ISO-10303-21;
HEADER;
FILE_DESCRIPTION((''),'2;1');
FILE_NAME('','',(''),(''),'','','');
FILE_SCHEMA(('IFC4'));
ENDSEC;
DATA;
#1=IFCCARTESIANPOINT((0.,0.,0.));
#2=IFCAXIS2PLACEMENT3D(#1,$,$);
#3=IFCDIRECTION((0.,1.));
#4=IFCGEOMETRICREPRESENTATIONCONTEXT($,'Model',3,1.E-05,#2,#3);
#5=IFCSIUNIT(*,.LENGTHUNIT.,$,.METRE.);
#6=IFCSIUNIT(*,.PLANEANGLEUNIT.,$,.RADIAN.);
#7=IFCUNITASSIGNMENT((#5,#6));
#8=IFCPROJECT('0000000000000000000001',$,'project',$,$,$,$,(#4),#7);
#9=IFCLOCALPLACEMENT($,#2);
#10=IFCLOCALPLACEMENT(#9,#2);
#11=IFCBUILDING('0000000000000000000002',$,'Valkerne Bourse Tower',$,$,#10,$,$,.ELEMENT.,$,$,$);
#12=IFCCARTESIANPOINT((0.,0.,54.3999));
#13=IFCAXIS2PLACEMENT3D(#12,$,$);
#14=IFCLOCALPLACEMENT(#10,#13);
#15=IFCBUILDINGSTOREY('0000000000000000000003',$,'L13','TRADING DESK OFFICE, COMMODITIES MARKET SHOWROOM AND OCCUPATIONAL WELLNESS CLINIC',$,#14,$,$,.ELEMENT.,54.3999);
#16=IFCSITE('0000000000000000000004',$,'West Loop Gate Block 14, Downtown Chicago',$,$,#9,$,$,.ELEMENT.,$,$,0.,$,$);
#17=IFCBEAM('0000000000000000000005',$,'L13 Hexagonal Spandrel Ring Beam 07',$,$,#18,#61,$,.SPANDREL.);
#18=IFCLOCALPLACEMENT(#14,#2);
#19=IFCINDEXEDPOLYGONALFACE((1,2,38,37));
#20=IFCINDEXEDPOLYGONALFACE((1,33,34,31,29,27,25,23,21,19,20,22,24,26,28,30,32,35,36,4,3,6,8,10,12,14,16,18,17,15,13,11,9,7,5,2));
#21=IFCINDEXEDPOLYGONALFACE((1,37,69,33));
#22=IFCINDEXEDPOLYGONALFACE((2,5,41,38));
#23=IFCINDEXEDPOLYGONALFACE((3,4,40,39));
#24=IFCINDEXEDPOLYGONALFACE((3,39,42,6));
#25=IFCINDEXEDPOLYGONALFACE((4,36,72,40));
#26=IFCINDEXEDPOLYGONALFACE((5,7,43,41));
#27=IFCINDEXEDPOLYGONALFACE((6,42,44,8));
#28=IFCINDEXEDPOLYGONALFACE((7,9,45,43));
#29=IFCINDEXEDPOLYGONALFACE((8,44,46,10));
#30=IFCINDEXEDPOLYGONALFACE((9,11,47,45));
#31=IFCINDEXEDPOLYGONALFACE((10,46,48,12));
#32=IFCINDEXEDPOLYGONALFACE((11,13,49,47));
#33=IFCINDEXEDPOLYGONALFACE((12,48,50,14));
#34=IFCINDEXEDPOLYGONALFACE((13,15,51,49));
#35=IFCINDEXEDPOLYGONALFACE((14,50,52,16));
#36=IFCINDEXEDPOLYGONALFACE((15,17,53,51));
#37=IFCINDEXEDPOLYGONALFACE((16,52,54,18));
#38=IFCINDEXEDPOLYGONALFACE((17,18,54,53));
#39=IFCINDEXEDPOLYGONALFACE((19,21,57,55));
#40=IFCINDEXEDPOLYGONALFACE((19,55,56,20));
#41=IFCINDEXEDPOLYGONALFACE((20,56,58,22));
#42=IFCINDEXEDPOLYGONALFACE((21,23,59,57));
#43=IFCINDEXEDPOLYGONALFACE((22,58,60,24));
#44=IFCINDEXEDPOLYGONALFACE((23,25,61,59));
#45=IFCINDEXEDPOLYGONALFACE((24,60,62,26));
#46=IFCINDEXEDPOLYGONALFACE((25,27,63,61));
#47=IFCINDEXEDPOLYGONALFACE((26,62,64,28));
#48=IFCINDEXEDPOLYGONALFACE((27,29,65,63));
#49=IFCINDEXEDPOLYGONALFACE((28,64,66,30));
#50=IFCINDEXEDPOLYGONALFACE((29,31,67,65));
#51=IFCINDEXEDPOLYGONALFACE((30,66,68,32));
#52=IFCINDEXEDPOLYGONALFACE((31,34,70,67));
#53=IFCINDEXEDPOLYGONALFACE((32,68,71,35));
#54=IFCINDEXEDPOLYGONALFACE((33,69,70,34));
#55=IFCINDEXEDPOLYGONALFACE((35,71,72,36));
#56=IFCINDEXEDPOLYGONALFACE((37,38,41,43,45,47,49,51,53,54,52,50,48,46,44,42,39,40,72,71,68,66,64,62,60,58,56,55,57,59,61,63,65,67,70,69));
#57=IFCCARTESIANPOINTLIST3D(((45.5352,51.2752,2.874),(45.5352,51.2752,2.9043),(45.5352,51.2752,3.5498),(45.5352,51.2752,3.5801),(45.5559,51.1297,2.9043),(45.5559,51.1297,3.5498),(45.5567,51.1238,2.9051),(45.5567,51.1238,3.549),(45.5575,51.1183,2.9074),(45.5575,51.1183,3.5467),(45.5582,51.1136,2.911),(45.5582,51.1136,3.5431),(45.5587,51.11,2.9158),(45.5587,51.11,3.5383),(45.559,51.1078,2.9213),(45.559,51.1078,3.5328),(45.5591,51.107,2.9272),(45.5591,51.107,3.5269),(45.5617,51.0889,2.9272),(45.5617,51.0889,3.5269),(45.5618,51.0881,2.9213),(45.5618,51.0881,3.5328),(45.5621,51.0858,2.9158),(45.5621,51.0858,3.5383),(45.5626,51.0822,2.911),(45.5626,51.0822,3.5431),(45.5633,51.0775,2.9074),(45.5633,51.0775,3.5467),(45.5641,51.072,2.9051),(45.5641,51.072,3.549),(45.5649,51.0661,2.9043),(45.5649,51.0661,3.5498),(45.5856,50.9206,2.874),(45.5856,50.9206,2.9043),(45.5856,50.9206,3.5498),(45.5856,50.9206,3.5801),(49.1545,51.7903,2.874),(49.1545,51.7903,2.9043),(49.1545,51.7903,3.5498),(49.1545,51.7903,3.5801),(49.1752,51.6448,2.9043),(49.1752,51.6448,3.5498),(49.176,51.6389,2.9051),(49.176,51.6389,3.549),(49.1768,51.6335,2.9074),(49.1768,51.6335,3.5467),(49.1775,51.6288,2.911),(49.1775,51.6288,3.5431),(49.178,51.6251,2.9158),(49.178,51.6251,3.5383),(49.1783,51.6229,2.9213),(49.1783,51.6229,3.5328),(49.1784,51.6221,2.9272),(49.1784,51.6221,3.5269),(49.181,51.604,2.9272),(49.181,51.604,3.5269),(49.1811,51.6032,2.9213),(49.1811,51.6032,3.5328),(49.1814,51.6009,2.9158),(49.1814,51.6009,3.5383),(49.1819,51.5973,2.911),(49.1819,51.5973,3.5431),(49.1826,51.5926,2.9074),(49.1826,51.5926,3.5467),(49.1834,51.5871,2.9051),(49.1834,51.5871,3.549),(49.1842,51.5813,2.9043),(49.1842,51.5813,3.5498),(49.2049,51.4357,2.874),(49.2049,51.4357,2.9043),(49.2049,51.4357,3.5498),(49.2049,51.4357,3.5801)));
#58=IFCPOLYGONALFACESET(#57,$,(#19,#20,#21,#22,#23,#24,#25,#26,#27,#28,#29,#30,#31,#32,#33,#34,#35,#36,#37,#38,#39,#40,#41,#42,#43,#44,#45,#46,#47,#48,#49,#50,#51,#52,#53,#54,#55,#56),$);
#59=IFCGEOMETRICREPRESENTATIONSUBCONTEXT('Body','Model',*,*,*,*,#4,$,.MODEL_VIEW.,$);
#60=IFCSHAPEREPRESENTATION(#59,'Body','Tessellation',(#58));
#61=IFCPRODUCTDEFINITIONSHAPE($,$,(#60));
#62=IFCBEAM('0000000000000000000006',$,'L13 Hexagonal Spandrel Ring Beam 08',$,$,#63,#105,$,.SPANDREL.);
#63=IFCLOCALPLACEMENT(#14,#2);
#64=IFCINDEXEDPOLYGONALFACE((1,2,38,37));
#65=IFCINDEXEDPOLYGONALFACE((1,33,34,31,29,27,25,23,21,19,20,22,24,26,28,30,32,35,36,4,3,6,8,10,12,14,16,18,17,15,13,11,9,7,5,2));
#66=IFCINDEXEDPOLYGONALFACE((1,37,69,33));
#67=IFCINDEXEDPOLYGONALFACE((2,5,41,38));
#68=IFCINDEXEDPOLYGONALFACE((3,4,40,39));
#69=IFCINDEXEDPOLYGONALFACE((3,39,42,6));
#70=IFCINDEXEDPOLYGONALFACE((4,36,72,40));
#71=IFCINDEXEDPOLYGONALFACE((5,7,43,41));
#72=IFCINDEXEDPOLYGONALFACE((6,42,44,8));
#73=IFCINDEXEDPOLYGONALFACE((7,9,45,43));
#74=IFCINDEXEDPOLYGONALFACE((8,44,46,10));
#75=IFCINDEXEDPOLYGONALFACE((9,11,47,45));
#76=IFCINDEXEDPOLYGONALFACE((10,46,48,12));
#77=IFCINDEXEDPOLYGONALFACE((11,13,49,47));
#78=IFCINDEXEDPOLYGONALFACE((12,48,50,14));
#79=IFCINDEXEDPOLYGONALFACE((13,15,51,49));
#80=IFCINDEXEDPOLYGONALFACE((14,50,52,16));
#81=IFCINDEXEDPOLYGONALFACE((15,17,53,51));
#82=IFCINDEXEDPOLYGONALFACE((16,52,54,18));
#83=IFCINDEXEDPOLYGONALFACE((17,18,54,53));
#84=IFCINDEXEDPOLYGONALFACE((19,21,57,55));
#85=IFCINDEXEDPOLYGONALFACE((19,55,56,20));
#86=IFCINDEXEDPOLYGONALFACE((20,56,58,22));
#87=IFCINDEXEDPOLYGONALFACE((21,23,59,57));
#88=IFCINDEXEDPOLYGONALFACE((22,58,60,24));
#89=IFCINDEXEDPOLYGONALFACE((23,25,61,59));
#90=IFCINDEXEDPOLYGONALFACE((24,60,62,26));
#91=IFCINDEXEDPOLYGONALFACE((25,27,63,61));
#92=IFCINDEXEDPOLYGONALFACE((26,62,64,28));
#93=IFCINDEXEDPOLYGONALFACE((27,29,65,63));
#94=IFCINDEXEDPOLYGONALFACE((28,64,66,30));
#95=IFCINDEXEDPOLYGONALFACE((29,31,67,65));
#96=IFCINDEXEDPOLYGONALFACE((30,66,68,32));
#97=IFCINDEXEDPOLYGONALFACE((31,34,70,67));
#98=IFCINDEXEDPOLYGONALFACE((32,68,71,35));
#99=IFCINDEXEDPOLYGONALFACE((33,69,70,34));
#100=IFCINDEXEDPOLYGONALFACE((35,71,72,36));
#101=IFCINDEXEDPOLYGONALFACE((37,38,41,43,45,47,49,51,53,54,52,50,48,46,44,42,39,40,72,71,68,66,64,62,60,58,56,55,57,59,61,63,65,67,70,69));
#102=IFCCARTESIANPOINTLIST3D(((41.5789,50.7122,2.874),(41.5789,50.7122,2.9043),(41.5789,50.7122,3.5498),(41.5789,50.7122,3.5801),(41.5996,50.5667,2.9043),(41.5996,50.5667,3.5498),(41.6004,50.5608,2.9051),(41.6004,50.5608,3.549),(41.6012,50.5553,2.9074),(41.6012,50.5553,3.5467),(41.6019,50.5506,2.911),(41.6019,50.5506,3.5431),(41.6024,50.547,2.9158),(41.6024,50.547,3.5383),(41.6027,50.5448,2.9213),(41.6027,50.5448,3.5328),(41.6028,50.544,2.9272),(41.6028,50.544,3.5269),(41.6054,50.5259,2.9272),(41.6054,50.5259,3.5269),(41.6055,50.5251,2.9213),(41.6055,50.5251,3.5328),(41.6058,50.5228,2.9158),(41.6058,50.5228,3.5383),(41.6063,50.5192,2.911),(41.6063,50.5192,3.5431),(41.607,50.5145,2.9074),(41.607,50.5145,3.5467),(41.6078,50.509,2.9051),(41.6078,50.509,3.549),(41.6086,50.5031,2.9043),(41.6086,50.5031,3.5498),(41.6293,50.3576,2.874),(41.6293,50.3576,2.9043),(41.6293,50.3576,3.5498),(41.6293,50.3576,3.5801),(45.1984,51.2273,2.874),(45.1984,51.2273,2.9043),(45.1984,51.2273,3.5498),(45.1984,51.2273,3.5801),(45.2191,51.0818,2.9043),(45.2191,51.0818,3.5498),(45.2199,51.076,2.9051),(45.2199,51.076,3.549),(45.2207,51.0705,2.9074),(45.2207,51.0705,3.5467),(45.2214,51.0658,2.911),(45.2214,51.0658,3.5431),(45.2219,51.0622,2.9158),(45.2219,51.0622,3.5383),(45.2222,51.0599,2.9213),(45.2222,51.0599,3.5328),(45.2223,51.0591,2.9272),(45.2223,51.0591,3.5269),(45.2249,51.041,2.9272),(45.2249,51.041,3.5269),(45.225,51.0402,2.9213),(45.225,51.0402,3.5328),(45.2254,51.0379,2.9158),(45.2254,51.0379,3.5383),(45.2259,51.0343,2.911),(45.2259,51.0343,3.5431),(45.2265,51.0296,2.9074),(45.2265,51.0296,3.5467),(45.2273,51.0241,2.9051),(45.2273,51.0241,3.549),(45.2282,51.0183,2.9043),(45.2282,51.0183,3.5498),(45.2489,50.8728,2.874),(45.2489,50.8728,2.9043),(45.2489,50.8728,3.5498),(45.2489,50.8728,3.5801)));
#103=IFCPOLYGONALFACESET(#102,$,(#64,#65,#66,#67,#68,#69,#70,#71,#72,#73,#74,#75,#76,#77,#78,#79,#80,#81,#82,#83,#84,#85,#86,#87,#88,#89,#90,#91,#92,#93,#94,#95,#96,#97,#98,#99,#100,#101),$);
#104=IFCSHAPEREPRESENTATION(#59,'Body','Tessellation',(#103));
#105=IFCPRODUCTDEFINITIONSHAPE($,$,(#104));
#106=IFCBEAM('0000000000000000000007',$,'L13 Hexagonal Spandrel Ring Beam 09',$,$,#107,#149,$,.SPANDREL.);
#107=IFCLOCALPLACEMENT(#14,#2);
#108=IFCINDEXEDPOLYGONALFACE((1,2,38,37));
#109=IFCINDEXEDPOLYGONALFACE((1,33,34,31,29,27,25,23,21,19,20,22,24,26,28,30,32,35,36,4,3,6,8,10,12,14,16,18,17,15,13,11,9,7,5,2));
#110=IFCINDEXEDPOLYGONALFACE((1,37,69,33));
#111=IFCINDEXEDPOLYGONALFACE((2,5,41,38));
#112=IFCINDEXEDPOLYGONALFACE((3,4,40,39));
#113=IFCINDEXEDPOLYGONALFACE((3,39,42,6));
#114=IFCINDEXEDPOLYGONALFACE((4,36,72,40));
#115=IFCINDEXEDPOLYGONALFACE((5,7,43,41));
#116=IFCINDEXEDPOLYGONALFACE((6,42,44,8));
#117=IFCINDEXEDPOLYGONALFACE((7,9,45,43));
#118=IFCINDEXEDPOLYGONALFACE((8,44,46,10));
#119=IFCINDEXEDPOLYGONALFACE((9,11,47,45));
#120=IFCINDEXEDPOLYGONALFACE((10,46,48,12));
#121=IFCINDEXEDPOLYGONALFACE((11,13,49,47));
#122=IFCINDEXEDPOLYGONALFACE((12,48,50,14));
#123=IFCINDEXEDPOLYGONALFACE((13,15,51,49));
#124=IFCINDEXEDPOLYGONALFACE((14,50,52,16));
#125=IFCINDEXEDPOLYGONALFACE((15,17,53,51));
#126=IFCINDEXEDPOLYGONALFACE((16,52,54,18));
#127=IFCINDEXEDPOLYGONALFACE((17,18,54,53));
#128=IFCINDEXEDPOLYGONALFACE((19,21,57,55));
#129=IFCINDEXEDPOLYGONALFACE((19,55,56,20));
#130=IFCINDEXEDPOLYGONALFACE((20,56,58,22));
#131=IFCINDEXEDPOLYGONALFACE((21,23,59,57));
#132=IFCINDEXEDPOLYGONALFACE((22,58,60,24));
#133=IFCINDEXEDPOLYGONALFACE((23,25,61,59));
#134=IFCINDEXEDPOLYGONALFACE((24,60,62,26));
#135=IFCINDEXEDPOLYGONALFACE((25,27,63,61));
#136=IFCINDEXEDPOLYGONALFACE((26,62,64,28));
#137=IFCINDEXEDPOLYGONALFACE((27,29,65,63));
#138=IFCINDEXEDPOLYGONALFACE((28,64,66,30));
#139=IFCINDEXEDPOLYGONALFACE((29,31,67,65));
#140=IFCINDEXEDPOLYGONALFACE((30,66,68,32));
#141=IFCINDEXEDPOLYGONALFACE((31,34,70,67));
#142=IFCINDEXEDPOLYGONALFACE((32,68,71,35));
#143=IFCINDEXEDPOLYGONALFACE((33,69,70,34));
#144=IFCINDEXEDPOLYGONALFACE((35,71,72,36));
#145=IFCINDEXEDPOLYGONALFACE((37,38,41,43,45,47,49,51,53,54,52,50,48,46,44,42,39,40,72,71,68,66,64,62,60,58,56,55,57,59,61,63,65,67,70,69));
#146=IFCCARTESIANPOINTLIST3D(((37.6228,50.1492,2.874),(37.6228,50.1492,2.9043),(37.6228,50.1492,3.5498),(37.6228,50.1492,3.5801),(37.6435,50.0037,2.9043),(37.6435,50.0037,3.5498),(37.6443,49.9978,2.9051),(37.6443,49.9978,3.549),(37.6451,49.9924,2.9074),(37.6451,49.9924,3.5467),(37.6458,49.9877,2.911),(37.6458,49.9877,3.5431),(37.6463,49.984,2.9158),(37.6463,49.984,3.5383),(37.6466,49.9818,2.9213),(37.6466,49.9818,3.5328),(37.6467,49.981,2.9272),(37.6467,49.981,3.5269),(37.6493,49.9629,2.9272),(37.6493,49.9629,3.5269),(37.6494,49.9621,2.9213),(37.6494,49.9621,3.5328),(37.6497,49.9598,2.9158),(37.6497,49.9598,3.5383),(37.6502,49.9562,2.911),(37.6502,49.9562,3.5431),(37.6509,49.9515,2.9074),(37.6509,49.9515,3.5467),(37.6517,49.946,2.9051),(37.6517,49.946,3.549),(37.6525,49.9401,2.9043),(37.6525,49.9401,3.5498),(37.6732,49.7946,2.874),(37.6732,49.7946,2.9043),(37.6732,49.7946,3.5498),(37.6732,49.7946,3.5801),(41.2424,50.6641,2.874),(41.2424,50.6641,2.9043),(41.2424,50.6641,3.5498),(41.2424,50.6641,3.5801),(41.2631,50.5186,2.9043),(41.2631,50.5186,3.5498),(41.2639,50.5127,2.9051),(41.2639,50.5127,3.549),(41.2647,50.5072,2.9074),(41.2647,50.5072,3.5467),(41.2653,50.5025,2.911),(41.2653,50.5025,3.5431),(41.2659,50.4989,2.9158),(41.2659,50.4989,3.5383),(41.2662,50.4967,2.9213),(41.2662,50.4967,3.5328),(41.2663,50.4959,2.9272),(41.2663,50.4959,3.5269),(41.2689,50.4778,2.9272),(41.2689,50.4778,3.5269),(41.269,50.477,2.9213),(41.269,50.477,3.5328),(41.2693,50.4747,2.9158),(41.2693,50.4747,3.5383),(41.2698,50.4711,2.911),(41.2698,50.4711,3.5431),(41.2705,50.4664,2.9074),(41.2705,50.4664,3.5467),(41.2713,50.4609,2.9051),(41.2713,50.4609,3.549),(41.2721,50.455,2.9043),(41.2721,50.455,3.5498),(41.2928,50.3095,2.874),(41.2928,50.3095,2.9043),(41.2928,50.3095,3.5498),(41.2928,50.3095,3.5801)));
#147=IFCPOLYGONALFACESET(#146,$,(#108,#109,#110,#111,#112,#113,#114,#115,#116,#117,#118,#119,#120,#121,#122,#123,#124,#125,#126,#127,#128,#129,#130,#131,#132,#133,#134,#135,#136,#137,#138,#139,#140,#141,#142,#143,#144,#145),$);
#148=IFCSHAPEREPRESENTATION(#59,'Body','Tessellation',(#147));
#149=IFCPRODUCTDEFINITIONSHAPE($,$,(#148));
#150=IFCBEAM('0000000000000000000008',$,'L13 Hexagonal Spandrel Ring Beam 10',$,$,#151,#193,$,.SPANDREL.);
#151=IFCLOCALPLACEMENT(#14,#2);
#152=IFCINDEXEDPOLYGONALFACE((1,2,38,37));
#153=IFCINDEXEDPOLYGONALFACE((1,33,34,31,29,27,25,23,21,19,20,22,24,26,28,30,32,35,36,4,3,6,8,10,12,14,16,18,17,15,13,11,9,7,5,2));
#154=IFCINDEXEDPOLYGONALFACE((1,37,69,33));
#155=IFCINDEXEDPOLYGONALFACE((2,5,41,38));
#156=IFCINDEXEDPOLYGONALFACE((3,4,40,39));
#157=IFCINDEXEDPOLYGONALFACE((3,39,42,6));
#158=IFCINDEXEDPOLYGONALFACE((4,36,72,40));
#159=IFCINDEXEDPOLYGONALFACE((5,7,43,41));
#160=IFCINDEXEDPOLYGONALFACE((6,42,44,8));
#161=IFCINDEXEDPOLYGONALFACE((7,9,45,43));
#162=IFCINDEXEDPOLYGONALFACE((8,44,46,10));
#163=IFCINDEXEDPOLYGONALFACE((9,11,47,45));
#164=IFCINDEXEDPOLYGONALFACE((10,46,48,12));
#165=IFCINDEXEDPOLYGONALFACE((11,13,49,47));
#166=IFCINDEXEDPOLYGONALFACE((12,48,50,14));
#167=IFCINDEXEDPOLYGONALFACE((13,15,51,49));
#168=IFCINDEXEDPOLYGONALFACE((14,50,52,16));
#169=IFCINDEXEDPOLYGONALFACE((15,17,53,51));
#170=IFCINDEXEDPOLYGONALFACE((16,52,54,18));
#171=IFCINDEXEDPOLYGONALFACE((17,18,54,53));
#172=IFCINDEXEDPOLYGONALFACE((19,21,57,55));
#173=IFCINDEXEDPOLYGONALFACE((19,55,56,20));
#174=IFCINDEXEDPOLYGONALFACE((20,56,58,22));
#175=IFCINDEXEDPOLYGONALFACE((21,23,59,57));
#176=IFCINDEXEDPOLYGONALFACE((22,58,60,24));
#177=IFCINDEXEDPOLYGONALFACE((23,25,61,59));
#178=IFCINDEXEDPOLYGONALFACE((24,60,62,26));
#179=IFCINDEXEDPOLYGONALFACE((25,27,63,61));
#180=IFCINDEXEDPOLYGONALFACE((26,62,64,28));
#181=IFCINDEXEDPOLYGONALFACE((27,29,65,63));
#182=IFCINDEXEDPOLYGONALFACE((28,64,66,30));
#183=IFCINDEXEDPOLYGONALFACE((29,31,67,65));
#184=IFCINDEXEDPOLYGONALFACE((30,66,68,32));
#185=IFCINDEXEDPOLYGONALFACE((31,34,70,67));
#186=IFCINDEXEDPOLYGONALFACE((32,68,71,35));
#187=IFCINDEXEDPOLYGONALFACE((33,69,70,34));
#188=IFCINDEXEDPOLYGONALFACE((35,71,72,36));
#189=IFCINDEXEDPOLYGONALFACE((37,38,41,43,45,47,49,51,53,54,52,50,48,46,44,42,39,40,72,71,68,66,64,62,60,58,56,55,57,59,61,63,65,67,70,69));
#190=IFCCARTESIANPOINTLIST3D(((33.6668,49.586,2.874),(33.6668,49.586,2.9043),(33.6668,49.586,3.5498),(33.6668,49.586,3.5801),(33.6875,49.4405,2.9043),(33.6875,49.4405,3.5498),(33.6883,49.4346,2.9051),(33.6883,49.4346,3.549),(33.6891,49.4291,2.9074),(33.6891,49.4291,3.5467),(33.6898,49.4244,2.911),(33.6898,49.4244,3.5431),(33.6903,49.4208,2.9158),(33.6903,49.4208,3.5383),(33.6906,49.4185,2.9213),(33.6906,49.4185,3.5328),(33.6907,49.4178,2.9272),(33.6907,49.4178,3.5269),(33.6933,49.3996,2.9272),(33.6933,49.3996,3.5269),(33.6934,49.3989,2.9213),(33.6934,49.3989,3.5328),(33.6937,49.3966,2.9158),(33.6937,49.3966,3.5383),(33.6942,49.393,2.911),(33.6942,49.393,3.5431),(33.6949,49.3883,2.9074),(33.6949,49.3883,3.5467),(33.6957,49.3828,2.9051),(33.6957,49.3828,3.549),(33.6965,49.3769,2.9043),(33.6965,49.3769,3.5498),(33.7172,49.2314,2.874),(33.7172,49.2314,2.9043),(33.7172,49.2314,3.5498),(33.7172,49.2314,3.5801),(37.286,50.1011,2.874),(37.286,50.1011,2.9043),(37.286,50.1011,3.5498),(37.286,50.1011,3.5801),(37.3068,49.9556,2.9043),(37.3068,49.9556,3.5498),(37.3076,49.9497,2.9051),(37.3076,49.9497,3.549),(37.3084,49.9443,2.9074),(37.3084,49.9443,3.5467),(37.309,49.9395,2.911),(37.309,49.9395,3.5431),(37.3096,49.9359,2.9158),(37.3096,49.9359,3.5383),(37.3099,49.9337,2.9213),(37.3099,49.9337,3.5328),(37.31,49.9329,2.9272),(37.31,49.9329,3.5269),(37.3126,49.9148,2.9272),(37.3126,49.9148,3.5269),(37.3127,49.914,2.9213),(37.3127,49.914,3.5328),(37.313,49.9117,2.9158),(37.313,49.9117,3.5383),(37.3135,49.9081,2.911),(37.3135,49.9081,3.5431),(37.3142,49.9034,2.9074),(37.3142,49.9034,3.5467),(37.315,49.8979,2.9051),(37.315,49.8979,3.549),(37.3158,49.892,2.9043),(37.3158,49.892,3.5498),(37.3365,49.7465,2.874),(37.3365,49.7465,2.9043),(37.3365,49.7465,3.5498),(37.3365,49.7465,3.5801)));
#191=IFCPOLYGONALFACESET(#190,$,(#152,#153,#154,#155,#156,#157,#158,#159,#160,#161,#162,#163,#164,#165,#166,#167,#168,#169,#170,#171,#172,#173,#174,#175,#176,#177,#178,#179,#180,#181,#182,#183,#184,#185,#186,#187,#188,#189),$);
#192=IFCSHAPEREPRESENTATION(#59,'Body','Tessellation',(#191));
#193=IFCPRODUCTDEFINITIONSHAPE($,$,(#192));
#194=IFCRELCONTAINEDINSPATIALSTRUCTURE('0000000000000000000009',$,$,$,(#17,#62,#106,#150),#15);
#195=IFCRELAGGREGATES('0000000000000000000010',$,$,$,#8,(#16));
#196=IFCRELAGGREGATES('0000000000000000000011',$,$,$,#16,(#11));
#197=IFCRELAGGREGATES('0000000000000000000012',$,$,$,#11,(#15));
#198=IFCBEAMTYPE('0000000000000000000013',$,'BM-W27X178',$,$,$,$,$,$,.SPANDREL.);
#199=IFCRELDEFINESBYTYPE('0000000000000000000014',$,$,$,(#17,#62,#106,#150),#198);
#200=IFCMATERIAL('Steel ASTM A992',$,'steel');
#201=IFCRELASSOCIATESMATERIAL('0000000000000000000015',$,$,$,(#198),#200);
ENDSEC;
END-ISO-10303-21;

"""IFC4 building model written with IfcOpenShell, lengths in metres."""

from ifc_helpers import new_model, si_unit, direction, frame, origin, origin_2d, place, context, subcontext, project, spatial, i_section, extrude, material, material_profile, profile_set, type_object, element, save


model = new_model("IFC4")

# Units and contexts
model_context = context("Model", 3, precision=1e-05, world=origin(), true_north=direction((0.0, 1.0)))
body_context = subcontext(model_context, "Body", "Model", "MODEL_VIEW")
ifc_project = project(units=[si_unit("LENGTHUNIT", "METRE"), si_unit("PLANEANGLEUNIT", "RADIAN")], contexts=[model_context])

# Site, building, storey
site_placement = place(None, origin())
site = spatial("IfcSite", under=ifc_project, at=site_placement, Name="West Loop Gate Block 14, Downtown Chicago", CompositionType="ELEMENT", RefElevation=0.0)
building_placement = place(site_placement, origin())
building = spatial("IfcBuilding", under=site, at=building_placement, Name="Valkerne Bourse Tower", CompositionType="ELEMENT")
storey_placement = place(building_placement, frame((0.0, 0.0, 54.3999)))
storey = spatial("IfcBuildingStorey", under=building, at=storey_placement, Name="L13", Description="TRADING DESK OFFICE, COMMODITIES MARKET SHOWROOM AND OCCUPATIONAL WELLNESS CLINIC", CompositionType="ELEMENT", Elevation=54.3999)

# Beams
ifc_material_1 = material(Name="Steel ASTM A992", Category="steel")
ifc_material_profile_1 = material_profile(ifc_material_1, i_section(OverallWidth=0.3582, OverallDepth=0.7061, WebThickness=0.0183, FlangeThickness=0.0303, FilletRadius=0.0229, at=origin_2d()), Name="W27X178")
ifc_profile_set_1 = profile_set([ifc_material_profile_1], Name="Steel ASTM A992")
beam_type_1 = type_object("IfcBeamType", Name="BM-W27X178", PredefinedType="SPANDREL", material=ifc_profile_set_1)
beam_1_placement = place(storey_placement, frame((49.1797, 51.613, 3.2271), z_axis=(-0.990023, -0.140907, 0.0), x_axis=(0.140907, -0.990023, 0.0)))
element("IfcBeam", 1, at=beam_1_placement, inside=storey, type_object=beam_type_1, Name="L13 Hexagonal Spandrel Ring Beam 07", PredefinedType="SPANDREL", context=body_context, shape_type="SweptSolid", body=[
    extrude(i_section(OverallWidth=0.3582, OverallDepth=0.7061, WebThickness=0.0183, FlangeThickness=0.0303, FilletRadius=0.0229, at=origin_2d()), origin(), (0.0, 0.0, 1.0), 3.6558),
])
for number, where, z_axis, x_axis, name in (
    (2, (45.2236, 51.05, 3.2271), (-0.990024, -0.140898, 0.0), (0.140898, -0.990024, 0.0), "L13 Hexagonal Spandrel Ring Beam 08"),
    (3, (41.2676, 50.4868, 3.2271), (-0.990033, -0.140832, 0.0), (0.140832, -0.990033, 0.0), "L13 Hexagonal Spandrel Ring Beam 09"),
):
    element("IfcBeam", number, at=place(storey_placement, frame(where, z_axis=z_axis, x_axis=x_axis)), inside=storey, type_object=beam_type_1, Name=name, PredefinedType="SPANDREL", context=body_context, shape_type="SweptSolid", body=[
        extrude(i_section(OverallWidth=0.3582, OverallDepth=0.7061, WebThickness=0.0183, FlangeThickness=0.0303, FilletRadius=0.0229, at=origin_2d()), origin(), (0.0, 0.0, 1.0), 3.656),
    ])
beam_2_placement = place(storey_placement, frame((37.3113, 49.9238, 3.2271), z_axis=(-0.990023, -0.140907, 0.0), x_axis=(0.140907, -0.990023, 0.0)))
element("IfcBeam", 4, at=beam_2_placement, inside=storey, type_object=beam_type_1, Name="L13 Hexagonal Spandrel Ring Beam 10", PredefinedType="SPANDREL", context=body_context, shape_type="SweptSolid", body=[
    extrude(i_section(OverallWidth=0.3582, OverallDepth=0.7061, WebThickness=0.0183, FlangeThickness=0.0303, FilletRadius=0.0229, at=origin_2d()), origin(), (0.0, 0.0, 1.0), 3.6558),
])

save(model, "model.ifc")
